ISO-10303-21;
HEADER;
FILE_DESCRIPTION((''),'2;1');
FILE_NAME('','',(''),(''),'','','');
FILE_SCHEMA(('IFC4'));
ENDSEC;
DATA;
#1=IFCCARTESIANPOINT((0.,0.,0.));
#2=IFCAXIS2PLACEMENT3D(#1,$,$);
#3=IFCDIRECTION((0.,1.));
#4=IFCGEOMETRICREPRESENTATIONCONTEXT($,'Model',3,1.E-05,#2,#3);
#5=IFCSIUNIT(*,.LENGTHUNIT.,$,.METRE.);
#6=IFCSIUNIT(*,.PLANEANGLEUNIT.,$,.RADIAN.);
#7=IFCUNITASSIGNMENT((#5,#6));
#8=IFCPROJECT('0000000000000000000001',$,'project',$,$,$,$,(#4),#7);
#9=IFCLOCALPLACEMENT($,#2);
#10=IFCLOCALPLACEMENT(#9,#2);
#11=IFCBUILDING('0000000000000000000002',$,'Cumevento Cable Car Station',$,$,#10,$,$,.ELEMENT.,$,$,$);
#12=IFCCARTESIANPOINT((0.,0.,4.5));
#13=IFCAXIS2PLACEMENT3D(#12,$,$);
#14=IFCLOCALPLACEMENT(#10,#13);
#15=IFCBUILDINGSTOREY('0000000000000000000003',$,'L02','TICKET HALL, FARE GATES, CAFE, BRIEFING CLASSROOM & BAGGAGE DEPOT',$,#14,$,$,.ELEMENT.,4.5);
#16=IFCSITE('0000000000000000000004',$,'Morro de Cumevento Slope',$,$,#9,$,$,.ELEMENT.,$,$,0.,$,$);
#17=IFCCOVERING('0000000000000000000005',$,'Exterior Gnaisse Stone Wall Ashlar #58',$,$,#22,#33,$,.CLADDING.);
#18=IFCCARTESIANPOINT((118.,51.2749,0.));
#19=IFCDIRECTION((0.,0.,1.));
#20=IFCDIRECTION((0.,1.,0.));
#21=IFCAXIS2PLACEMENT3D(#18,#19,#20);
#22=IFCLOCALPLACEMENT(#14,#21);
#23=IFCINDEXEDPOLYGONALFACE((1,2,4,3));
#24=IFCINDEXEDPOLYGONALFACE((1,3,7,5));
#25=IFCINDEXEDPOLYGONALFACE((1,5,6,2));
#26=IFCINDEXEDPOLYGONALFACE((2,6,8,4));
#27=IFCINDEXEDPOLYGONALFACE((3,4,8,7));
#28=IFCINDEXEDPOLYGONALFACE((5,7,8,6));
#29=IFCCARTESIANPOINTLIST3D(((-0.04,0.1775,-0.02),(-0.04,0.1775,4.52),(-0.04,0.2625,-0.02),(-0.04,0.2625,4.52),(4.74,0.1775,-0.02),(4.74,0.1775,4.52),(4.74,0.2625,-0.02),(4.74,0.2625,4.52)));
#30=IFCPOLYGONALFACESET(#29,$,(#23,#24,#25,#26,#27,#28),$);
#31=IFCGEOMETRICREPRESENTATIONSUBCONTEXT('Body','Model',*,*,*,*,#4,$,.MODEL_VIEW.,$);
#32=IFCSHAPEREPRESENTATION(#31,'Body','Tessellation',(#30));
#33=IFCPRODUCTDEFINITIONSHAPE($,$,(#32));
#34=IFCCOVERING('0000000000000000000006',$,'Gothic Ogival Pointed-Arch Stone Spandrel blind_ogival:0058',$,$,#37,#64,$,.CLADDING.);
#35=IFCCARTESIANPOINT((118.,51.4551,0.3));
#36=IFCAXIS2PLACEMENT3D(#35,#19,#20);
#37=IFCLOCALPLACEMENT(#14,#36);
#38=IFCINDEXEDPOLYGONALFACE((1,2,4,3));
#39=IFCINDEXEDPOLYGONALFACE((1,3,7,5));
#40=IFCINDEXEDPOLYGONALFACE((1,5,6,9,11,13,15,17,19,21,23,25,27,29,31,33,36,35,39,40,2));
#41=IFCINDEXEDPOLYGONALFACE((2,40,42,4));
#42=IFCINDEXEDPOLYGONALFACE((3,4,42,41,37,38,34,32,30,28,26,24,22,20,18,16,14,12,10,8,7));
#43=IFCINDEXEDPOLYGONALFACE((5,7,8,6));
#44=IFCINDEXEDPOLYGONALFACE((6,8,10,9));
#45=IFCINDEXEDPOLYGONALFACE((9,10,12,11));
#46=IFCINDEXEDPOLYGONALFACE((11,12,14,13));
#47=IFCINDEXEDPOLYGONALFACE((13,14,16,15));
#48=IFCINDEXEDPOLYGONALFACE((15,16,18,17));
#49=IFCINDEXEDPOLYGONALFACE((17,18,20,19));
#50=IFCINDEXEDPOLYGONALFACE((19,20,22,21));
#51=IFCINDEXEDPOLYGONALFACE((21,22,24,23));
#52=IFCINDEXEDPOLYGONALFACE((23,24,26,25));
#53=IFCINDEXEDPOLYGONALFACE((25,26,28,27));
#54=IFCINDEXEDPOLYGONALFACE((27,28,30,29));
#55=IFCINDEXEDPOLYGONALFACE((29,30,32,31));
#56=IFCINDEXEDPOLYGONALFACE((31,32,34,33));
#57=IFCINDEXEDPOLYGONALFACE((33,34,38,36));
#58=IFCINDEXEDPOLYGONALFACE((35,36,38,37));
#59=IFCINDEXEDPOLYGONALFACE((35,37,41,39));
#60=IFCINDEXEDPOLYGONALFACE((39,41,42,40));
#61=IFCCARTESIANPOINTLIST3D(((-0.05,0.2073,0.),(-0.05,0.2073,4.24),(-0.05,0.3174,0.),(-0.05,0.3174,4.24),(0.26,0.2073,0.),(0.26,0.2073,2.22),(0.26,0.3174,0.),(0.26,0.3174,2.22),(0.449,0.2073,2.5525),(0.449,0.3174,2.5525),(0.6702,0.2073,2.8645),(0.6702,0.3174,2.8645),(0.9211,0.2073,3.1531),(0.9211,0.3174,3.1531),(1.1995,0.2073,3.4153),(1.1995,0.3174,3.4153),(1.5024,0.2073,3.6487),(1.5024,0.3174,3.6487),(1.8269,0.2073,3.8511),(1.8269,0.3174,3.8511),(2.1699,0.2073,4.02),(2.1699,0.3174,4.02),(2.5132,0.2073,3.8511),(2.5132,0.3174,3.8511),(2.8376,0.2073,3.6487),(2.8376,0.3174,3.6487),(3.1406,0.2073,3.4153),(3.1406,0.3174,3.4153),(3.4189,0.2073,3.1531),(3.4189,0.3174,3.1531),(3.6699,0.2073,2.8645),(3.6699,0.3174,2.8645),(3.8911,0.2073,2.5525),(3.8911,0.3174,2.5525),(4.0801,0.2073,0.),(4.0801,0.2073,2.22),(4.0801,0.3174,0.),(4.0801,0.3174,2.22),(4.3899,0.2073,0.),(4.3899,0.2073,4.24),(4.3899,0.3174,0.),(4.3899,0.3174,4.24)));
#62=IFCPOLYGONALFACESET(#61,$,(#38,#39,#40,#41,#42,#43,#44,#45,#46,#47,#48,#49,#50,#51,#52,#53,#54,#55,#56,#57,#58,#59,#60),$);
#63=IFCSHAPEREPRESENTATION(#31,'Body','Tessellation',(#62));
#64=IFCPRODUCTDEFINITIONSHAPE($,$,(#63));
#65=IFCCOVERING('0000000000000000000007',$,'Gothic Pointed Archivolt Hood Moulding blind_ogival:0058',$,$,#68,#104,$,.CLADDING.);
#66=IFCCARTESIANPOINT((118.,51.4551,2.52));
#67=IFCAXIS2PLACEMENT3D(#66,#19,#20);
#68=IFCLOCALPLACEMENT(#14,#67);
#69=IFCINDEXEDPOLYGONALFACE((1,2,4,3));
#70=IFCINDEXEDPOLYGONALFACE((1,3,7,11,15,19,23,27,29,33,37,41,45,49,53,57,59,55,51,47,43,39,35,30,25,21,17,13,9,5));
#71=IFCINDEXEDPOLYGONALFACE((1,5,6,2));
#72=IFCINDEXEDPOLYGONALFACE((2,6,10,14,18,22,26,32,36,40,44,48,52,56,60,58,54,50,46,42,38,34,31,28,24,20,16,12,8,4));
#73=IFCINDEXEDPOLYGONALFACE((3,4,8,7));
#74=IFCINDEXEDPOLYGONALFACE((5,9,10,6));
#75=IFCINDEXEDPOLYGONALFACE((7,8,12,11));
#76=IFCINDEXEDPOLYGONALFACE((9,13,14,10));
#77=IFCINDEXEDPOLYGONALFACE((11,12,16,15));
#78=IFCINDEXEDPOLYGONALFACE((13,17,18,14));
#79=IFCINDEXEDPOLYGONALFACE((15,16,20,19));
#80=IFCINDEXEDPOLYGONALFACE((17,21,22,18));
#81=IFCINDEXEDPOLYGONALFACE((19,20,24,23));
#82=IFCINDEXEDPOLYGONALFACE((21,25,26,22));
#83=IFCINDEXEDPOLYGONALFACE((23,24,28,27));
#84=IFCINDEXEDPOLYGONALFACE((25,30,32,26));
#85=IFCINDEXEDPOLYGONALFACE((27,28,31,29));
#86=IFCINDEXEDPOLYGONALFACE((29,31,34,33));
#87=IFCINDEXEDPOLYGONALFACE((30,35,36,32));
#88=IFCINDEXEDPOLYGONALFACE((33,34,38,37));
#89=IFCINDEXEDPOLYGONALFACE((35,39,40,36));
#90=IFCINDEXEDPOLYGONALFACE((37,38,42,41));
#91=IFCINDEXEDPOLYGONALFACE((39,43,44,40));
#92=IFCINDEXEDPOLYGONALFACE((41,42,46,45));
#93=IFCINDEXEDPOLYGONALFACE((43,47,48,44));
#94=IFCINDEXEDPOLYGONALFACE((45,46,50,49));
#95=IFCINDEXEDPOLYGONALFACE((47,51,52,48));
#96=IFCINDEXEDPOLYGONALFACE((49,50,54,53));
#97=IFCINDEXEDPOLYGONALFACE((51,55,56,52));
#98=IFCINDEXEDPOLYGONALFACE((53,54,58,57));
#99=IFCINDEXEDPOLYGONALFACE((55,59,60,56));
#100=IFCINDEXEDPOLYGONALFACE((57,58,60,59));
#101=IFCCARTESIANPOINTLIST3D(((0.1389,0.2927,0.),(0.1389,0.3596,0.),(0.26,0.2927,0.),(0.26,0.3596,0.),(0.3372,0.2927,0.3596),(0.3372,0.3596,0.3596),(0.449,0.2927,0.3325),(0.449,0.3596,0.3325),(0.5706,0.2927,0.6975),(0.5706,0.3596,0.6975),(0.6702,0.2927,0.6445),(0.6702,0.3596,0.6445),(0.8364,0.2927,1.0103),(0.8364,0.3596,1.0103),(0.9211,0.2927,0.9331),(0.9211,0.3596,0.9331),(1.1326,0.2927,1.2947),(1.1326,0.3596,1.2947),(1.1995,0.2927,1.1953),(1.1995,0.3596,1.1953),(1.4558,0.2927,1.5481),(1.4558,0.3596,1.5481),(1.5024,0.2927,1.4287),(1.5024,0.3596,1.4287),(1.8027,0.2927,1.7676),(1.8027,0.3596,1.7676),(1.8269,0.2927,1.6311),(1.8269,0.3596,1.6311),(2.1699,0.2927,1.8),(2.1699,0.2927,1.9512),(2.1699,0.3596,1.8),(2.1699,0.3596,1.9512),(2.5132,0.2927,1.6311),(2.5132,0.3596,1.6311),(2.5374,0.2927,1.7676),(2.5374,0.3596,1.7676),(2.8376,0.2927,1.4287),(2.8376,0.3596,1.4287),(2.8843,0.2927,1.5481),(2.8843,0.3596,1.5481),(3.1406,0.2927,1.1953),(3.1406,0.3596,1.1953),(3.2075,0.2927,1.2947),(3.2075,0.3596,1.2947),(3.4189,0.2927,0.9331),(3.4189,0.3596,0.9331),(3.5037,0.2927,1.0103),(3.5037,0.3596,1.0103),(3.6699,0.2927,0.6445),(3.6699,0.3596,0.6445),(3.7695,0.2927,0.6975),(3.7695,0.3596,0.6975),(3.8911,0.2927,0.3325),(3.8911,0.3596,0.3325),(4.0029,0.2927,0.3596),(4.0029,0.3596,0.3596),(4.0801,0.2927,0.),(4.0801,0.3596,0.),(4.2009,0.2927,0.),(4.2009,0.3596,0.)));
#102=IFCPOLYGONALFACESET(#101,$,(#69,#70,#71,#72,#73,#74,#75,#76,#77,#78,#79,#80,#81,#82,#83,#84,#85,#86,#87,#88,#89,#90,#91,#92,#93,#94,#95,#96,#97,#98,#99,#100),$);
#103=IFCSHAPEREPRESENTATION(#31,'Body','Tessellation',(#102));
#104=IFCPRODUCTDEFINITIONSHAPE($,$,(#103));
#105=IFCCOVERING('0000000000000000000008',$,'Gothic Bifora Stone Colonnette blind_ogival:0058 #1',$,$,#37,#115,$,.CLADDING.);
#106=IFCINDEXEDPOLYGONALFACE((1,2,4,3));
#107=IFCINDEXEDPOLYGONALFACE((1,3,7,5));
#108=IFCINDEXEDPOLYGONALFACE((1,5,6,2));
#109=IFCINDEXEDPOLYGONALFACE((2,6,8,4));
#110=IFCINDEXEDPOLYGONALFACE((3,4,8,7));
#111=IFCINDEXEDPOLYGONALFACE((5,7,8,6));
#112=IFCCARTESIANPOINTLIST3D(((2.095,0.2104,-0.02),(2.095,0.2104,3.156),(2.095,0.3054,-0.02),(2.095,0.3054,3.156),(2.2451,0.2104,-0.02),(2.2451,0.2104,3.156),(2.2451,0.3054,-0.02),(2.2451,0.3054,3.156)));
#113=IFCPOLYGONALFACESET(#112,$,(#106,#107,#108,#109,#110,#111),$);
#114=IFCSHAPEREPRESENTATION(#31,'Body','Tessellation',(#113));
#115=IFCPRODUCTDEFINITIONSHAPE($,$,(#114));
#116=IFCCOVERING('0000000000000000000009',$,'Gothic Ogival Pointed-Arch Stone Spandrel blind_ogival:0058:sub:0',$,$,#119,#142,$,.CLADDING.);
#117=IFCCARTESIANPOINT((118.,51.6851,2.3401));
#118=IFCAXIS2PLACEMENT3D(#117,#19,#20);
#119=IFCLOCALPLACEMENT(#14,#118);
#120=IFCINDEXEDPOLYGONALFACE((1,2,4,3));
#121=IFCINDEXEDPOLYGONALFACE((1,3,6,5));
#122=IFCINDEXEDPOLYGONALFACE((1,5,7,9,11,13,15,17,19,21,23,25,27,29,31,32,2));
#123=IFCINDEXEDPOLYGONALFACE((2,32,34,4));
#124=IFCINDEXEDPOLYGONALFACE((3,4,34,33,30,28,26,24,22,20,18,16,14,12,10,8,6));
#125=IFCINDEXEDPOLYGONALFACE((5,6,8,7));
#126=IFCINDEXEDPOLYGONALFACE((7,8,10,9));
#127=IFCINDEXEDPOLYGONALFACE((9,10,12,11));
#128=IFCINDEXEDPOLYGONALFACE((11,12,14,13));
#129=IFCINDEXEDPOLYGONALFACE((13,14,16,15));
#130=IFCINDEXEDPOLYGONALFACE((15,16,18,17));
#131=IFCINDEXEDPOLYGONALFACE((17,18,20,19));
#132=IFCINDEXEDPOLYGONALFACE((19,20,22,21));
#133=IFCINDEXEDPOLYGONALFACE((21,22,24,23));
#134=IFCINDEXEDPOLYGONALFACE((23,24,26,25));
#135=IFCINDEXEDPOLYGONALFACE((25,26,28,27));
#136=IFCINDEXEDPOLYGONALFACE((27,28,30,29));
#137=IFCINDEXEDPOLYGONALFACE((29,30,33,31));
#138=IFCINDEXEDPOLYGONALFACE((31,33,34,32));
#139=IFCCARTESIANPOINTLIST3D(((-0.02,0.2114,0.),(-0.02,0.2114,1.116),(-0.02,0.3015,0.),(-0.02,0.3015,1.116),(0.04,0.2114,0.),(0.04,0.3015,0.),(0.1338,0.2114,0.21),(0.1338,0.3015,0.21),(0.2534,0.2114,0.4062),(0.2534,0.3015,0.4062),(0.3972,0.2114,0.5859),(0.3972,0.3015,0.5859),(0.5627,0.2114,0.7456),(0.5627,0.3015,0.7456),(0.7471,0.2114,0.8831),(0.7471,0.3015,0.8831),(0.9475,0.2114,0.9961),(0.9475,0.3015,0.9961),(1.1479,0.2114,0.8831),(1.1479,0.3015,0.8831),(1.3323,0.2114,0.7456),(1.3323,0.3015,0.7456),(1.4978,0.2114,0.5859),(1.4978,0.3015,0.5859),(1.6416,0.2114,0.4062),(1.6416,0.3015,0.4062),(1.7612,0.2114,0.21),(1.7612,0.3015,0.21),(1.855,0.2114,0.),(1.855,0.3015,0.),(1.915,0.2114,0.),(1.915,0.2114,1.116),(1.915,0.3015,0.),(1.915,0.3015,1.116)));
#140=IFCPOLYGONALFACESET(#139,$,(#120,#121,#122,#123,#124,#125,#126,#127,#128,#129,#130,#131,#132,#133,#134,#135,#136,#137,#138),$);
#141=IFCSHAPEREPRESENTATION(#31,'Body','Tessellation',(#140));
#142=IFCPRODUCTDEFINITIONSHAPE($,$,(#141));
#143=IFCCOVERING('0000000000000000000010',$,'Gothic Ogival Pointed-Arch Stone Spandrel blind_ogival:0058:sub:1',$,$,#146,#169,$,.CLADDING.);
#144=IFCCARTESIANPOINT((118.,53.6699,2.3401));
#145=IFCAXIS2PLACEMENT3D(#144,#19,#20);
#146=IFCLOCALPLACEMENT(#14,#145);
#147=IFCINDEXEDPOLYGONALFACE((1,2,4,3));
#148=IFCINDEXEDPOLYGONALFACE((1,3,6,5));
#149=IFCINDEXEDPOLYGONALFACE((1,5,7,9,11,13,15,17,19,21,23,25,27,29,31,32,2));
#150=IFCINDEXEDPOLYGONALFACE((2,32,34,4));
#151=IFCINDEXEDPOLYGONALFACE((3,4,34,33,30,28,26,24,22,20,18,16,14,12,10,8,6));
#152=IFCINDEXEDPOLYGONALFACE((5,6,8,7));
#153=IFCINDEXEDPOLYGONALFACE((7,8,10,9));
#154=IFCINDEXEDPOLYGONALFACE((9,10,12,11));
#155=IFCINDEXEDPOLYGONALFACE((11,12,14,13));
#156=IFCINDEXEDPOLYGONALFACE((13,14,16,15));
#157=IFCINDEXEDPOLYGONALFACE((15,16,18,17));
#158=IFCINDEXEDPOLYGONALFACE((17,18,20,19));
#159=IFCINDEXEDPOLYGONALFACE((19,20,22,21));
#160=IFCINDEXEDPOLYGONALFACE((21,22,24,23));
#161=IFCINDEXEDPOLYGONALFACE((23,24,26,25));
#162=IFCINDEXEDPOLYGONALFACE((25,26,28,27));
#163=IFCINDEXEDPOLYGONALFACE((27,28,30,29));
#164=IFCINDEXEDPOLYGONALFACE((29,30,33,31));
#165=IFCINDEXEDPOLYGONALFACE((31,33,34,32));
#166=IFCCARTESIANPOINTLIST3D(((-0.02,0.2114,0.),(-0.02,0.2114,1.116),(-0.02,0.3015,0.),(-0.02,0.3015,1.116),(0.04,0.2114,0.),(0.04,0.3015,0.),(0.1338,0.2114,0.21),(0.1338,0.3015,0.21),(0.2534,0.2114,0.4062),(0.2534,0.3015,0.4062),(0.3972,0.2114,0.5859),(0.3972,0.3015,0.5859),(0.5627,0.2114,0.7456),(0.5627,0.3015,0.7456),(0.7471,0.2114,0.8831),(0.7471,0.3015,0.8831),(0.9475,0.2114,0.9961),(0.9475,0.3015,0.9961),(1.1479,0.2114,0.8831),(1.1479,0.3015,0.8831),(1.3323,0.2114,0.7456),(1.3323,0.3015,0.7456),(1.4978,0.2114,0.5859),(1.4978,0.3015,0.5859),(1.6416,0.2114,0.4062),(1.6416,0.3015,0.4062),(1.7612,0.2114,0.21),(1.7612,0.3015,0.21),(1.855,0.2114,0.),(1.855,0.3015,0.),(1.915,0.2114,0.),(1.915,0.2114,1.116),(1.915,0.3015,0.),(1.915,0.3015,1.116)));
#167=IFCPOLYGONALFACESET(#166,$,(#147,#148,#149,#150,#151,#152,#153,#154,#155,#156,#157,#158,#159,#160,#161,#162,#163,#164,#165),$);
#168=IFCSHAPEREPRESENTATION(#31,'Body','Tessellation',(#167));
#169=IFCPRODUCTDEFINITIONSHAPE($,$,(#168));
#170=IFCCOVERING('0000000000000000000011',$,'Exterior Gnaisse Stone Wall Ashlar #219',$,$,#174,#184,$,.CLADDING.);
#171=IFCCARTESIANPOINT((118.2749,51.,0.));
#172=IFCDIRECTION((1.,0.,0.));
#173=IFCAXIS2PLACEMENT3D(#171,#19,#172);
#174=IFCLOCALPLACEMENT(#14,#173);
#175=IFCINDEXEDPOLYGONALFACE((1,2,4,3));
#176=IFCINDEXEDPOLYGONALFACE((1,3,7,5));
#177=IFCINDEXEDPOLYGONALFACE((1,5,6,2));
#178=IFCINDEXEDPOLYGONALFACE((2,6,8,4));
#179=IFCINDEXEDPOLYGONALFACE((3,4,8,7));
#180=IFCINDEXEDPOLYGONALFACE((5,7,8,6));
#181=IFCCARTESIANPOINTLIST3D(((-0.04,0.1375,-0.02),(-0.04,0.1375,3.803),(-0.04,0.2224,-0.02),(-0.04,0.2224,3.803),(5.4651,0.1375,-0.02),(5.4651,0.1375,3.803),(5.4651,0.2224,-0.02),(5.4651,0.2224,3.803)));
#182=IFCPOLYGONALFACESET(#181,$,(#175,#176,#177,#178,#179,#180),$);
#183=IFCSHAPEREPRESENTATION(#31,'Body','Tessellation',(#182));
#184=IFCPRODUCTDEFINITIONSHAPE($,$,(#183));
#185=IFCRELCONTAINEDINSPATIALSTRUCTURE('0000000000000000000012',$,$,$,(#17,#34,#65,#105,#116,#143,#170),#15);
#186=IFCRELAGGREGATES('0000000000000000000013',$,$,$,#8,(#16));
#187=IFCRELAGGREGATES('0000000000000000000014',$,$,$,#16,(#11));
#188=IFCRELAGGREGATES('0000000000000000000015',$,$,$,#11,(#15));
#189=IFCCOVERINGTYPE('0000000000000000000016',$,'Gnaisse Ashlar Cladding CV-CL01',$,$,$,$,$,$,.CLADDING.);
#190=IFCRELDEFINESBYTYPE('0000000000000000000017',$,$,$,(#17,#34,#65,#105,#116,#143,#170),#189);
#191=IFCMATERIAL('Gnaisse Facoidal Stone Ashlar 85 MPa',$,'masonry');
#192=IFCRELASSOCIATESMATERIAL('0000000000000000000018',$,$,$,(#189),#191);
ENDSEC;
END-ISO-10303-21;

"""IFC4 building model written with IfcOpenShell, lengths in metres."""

from ifc_helpers import new_model, si_unit, direction, frame, origin, place, context, subcontext, project, spatial, polyline, outline, extrude, material, type_object, element, save


model = new_model("IFC4")

# Units and contexts
model_context = context("Model", 3, precision=1e-05, world=origin(), true_north=direction((0.0, 1.0)))
body_context = subcontext(model_context, "Body", "Model", "MODEL_VIEW")
ifc_project = project(units=[si_unit("LENGTHUNIT", "METRE"), si_unit("PLANEANGLEUNIT", "RADIAN")], contexts=[model_context])

# Site, building, storey
site_placement = place(None, origin())
site = spatial("IfcSite", under=ifc_project, at=site_placement, Name="Morro de Cumevento Slope", CompositionType="ELEMENT", RefElevation=0.0)
building_placement = place(site_placement, origin())
building = spatial("IfcBuilding", under=site, at=building_placement, Name="Cumevento Cable Car Station", CompositionType="ELEMENT")
storey_placement = place(building_placement, frame((0.0, 0.0, 4.5)))
storey = spatial("IfcBuildingStorey", under=building, at=storey_placement, Name="L02", Description="TICKET HALL, FARE GATES, CAFE, BRIEFING CLASSROOM & BAGGAGE DEPOT", CompositionType="ELEMENT", Elevation=4.5)

# Coverings
ifc_material_1 = material(Name="Gnaisse Facoidal Stone Ashlar 85 MPa", Category="masonry")
covering_type = type_object("IfcCoveringType", Name="Gnaisse Ashlar Cladding CV-CL01", PredefinedType="CLADDING", material=ifc_material_1)
covering_1_placement = place(storey_placement, frame((118.0, 51.2749, 0.0), z_axis=(0.0, 0.0, 1.0), x_axis=(0.0, 1.0, 0.0)))
element("IfcCovering", 1, at=covering_1_placement, inside=storey, type_object=covering_type, Name="Exterior Gnaisse Stone Wall Ashlar #58", PredefinedType="CLADDING", context=body_context, shape_type="SweptSolid", body=[
    extrude(outline(polyline([(-0.04, -0.02), (4.74, -0.02), (4.74, 4.52), (-0.04, 4.52), (-0.04, -0.02)])), frame((0.0, 0.2625, 0.0), z_axis=(0.0, -1.0, 0.0), x_axis=(1.0, 0.0, 0.0)), (0.0, 0.0, 1.0), 0.085),
])
placement_1 = place(storey_placement, frame((118.0, 51.4551, 0.3), z_axis=(0.0, 0.0, 1.0), x_axis=(0.0, 1.0, 0.0)))
element("IfcCovering", 2, at=placement_1, inside=storey, type_object=covering_type, Name="Gothic Ogival Pointed-Arch Stone Spandrel blind_ogival:0058", PredefinedType="CLADDING", context=body_context, shape_type="SweptSolid", body=[
    extrude(outline(polyline([(-0.05, 0.0), (-0.05, 4.24), (4.3899, 4.24), (4.3899, 0.0), (4.0801, 0.0), (4.0801, 2.22), (3.8911, 2.5525), (3.6699, 2.8645), (3.4189, 3.1531), (3.1406, 3.4153), (2.8376, 3.6487), (2.5132, 3.8511), (2.1699, 4.02), (1.8269, 3.8511), (1.5024, 3.6487), (1.1995, 3.4153), (0.9211, 3.1531), (0.6702, 2.8645), (0.449, 2.5525), (0.26, 2.22), (0.26, 0.0), (-0.05, 0.0)])), frame((0.0, 0.3174, 0.0), z_axis=(0.0, -1.0, 0.0), x_axis=(1.0, 0.0, 0.0)), (0.0, 0.0, 1.0), 0.1101),
])
covering_2_placement = place(storey_placement, frame((118.0, 51.4551, 2.52), z_axis=(0.0, 0.0, 1.0), x_axis=(0.0, 1.0, 0.0)))
element("IfcCovering", 3, at=covering_2_placement, inside=storey, type_object=covering_type, Name="Gothic Pointed Archivolt Hood Moulding blind_ogival:0058", PredefinedType="CLADDING", context=body_context, shape_type="SweptSolid", body=[
    extrude(outline(polyline([(0.26, 0.0), (0.449, 0.3325), (0.6702, 0.6445), (0.9211, 0.9331), (1.1995, 1.1953), (1.5024, 1.4287), (1.8269, 1.6311), (2.1699, 1.8), (2.5132, 1.6311), (2.8376, 1.4287), (3.1406, 1.1953), (3.4189, 0.9331), (3.6699, 0.6445), (3.8911, 0.3325), (4.0801, 0.0), (4.2009, 0.0), (4.0029, 0.3596), (3.7695, 0.6975), (3.5037, 1.0103), (3.2075, 1.2947), (2.8843, 1.5481), (2.5374, 1.7676), (2.1699, 1.9512), (1.8027, 1.7676), (1.4558, 1.5481), (1.1326, 1.2947), (0.8364, 1.0103), (0.5706, 0.6975), (0.3372, 0.3596), (0.1389, 0.0), (0.26, 0.0)])), frame((0.0, 0.3596, 0.0), z_axis=(0.0, -1.0, 0.0), x_axis=(1.0, 0.0, 0.0)), (0.0, 0.0, 1.0), 0.0669),
])
element("IfcCovering", 4, at=placement_1, inside=storey, type_object=covering_type, Name="Gothic Bifora Stone Colonnette blind_ogival:0058 #1", PredefinedType="CLADDING", context=body_context, shape_type="SweptSolid", body=[
    extrude(outline(polyline([(2.095, -0.02), (2.2451, -0.02), (2.2451, 3.156), (2.095, 3.156), (2.095, -0.02)])), frame((0.0, 0.3054, 0.0), z_axis=(0.0, -1.0, 0.0), x_axis=(1.0, 0.0, 0.0)), (0.0, 0.0, 1.0), 0.095),
])
for number, where, z_axis, x_axis, name in (
    (5, (118.0, 51.6851, 2.3401), (0.0, 0.0, 1.0), (0.0, 1.0, 0.0), "Gothic Ogival Pointed-Arch Stone Spandrel blind_ogival:0058:sub:0"),
    (6, (118.0, 53.6699, 2.3401), (0.0, 0.0, 1.0), (0.0, 1.0, 0.0), "Gothic Ogival Pointed-Arch Stone Spandrel blind_ogival:0058:sub:1"),
):
    element("IfcCovering", number, at=place(storey_placement, frame(where, z_axis=z_axis, x_axis=x_axis)), inside=storey, type_object=covering_type, Name=name, PredefinedType="CLADDING", context=body_context, shape_type="SweptSolid", body=[
        extrude(outline(polyline([(-0.02, 0.0), (-0.02, 1.116), (1.915, 1.116), (1.915, 0.0), (1.855, 0.0), (1.7612, 0.21), (1.6416, 0.4062), (1.4978, 0.5859), (1.3323, 0.7456), (1.1479, 0.8831), (0.9475, 0.9961), (0.7471, 0.8831), (0.5627, 0.7456), (0.3972, 0.5859), (0.2534, 0.4062), (0.1338, 0.21), (0.04, 0.0), (-0.02, 0.0)])), frame((0.0, 0.3015, 0.0), z_axis=(0.0, -1.0, 0.0), x_axis=(1.0, 0.0, 0.0)), (0.0, 0.0, 1.0), 0.0901),
    ])
covering_3_placement = place(storey_placement, frame((118.2749, 51.0, 0.0), z_axis=(0.0, 0.0, 1.0), x_axis=(1.0, 0.0, 0.0)))
element("IfcCovering", 7, at=covering_3_placement, inside=storey, type_object=covering_type, Name="Exterior Gnaisse Stone Wall Ashlar #219", PredefinedType="CLADDING", context=body_context, shape_type="SweptSolid", body=[
    extrude(outline(polyline([(-0.04, -0.02), (5.4651, -0.02), (5.4651, 3.803), (-0.04, 3.803), (-0.04, -0.02)])), frame((0.0, 0.2224, 0.0), z_axis=(0.0, -1.0, 0.0), x_axis=(1.0, 0.0, 0.0)), (0.0, 0.0, 1.0), 0.085),
])

save(model, "model.ifc")
